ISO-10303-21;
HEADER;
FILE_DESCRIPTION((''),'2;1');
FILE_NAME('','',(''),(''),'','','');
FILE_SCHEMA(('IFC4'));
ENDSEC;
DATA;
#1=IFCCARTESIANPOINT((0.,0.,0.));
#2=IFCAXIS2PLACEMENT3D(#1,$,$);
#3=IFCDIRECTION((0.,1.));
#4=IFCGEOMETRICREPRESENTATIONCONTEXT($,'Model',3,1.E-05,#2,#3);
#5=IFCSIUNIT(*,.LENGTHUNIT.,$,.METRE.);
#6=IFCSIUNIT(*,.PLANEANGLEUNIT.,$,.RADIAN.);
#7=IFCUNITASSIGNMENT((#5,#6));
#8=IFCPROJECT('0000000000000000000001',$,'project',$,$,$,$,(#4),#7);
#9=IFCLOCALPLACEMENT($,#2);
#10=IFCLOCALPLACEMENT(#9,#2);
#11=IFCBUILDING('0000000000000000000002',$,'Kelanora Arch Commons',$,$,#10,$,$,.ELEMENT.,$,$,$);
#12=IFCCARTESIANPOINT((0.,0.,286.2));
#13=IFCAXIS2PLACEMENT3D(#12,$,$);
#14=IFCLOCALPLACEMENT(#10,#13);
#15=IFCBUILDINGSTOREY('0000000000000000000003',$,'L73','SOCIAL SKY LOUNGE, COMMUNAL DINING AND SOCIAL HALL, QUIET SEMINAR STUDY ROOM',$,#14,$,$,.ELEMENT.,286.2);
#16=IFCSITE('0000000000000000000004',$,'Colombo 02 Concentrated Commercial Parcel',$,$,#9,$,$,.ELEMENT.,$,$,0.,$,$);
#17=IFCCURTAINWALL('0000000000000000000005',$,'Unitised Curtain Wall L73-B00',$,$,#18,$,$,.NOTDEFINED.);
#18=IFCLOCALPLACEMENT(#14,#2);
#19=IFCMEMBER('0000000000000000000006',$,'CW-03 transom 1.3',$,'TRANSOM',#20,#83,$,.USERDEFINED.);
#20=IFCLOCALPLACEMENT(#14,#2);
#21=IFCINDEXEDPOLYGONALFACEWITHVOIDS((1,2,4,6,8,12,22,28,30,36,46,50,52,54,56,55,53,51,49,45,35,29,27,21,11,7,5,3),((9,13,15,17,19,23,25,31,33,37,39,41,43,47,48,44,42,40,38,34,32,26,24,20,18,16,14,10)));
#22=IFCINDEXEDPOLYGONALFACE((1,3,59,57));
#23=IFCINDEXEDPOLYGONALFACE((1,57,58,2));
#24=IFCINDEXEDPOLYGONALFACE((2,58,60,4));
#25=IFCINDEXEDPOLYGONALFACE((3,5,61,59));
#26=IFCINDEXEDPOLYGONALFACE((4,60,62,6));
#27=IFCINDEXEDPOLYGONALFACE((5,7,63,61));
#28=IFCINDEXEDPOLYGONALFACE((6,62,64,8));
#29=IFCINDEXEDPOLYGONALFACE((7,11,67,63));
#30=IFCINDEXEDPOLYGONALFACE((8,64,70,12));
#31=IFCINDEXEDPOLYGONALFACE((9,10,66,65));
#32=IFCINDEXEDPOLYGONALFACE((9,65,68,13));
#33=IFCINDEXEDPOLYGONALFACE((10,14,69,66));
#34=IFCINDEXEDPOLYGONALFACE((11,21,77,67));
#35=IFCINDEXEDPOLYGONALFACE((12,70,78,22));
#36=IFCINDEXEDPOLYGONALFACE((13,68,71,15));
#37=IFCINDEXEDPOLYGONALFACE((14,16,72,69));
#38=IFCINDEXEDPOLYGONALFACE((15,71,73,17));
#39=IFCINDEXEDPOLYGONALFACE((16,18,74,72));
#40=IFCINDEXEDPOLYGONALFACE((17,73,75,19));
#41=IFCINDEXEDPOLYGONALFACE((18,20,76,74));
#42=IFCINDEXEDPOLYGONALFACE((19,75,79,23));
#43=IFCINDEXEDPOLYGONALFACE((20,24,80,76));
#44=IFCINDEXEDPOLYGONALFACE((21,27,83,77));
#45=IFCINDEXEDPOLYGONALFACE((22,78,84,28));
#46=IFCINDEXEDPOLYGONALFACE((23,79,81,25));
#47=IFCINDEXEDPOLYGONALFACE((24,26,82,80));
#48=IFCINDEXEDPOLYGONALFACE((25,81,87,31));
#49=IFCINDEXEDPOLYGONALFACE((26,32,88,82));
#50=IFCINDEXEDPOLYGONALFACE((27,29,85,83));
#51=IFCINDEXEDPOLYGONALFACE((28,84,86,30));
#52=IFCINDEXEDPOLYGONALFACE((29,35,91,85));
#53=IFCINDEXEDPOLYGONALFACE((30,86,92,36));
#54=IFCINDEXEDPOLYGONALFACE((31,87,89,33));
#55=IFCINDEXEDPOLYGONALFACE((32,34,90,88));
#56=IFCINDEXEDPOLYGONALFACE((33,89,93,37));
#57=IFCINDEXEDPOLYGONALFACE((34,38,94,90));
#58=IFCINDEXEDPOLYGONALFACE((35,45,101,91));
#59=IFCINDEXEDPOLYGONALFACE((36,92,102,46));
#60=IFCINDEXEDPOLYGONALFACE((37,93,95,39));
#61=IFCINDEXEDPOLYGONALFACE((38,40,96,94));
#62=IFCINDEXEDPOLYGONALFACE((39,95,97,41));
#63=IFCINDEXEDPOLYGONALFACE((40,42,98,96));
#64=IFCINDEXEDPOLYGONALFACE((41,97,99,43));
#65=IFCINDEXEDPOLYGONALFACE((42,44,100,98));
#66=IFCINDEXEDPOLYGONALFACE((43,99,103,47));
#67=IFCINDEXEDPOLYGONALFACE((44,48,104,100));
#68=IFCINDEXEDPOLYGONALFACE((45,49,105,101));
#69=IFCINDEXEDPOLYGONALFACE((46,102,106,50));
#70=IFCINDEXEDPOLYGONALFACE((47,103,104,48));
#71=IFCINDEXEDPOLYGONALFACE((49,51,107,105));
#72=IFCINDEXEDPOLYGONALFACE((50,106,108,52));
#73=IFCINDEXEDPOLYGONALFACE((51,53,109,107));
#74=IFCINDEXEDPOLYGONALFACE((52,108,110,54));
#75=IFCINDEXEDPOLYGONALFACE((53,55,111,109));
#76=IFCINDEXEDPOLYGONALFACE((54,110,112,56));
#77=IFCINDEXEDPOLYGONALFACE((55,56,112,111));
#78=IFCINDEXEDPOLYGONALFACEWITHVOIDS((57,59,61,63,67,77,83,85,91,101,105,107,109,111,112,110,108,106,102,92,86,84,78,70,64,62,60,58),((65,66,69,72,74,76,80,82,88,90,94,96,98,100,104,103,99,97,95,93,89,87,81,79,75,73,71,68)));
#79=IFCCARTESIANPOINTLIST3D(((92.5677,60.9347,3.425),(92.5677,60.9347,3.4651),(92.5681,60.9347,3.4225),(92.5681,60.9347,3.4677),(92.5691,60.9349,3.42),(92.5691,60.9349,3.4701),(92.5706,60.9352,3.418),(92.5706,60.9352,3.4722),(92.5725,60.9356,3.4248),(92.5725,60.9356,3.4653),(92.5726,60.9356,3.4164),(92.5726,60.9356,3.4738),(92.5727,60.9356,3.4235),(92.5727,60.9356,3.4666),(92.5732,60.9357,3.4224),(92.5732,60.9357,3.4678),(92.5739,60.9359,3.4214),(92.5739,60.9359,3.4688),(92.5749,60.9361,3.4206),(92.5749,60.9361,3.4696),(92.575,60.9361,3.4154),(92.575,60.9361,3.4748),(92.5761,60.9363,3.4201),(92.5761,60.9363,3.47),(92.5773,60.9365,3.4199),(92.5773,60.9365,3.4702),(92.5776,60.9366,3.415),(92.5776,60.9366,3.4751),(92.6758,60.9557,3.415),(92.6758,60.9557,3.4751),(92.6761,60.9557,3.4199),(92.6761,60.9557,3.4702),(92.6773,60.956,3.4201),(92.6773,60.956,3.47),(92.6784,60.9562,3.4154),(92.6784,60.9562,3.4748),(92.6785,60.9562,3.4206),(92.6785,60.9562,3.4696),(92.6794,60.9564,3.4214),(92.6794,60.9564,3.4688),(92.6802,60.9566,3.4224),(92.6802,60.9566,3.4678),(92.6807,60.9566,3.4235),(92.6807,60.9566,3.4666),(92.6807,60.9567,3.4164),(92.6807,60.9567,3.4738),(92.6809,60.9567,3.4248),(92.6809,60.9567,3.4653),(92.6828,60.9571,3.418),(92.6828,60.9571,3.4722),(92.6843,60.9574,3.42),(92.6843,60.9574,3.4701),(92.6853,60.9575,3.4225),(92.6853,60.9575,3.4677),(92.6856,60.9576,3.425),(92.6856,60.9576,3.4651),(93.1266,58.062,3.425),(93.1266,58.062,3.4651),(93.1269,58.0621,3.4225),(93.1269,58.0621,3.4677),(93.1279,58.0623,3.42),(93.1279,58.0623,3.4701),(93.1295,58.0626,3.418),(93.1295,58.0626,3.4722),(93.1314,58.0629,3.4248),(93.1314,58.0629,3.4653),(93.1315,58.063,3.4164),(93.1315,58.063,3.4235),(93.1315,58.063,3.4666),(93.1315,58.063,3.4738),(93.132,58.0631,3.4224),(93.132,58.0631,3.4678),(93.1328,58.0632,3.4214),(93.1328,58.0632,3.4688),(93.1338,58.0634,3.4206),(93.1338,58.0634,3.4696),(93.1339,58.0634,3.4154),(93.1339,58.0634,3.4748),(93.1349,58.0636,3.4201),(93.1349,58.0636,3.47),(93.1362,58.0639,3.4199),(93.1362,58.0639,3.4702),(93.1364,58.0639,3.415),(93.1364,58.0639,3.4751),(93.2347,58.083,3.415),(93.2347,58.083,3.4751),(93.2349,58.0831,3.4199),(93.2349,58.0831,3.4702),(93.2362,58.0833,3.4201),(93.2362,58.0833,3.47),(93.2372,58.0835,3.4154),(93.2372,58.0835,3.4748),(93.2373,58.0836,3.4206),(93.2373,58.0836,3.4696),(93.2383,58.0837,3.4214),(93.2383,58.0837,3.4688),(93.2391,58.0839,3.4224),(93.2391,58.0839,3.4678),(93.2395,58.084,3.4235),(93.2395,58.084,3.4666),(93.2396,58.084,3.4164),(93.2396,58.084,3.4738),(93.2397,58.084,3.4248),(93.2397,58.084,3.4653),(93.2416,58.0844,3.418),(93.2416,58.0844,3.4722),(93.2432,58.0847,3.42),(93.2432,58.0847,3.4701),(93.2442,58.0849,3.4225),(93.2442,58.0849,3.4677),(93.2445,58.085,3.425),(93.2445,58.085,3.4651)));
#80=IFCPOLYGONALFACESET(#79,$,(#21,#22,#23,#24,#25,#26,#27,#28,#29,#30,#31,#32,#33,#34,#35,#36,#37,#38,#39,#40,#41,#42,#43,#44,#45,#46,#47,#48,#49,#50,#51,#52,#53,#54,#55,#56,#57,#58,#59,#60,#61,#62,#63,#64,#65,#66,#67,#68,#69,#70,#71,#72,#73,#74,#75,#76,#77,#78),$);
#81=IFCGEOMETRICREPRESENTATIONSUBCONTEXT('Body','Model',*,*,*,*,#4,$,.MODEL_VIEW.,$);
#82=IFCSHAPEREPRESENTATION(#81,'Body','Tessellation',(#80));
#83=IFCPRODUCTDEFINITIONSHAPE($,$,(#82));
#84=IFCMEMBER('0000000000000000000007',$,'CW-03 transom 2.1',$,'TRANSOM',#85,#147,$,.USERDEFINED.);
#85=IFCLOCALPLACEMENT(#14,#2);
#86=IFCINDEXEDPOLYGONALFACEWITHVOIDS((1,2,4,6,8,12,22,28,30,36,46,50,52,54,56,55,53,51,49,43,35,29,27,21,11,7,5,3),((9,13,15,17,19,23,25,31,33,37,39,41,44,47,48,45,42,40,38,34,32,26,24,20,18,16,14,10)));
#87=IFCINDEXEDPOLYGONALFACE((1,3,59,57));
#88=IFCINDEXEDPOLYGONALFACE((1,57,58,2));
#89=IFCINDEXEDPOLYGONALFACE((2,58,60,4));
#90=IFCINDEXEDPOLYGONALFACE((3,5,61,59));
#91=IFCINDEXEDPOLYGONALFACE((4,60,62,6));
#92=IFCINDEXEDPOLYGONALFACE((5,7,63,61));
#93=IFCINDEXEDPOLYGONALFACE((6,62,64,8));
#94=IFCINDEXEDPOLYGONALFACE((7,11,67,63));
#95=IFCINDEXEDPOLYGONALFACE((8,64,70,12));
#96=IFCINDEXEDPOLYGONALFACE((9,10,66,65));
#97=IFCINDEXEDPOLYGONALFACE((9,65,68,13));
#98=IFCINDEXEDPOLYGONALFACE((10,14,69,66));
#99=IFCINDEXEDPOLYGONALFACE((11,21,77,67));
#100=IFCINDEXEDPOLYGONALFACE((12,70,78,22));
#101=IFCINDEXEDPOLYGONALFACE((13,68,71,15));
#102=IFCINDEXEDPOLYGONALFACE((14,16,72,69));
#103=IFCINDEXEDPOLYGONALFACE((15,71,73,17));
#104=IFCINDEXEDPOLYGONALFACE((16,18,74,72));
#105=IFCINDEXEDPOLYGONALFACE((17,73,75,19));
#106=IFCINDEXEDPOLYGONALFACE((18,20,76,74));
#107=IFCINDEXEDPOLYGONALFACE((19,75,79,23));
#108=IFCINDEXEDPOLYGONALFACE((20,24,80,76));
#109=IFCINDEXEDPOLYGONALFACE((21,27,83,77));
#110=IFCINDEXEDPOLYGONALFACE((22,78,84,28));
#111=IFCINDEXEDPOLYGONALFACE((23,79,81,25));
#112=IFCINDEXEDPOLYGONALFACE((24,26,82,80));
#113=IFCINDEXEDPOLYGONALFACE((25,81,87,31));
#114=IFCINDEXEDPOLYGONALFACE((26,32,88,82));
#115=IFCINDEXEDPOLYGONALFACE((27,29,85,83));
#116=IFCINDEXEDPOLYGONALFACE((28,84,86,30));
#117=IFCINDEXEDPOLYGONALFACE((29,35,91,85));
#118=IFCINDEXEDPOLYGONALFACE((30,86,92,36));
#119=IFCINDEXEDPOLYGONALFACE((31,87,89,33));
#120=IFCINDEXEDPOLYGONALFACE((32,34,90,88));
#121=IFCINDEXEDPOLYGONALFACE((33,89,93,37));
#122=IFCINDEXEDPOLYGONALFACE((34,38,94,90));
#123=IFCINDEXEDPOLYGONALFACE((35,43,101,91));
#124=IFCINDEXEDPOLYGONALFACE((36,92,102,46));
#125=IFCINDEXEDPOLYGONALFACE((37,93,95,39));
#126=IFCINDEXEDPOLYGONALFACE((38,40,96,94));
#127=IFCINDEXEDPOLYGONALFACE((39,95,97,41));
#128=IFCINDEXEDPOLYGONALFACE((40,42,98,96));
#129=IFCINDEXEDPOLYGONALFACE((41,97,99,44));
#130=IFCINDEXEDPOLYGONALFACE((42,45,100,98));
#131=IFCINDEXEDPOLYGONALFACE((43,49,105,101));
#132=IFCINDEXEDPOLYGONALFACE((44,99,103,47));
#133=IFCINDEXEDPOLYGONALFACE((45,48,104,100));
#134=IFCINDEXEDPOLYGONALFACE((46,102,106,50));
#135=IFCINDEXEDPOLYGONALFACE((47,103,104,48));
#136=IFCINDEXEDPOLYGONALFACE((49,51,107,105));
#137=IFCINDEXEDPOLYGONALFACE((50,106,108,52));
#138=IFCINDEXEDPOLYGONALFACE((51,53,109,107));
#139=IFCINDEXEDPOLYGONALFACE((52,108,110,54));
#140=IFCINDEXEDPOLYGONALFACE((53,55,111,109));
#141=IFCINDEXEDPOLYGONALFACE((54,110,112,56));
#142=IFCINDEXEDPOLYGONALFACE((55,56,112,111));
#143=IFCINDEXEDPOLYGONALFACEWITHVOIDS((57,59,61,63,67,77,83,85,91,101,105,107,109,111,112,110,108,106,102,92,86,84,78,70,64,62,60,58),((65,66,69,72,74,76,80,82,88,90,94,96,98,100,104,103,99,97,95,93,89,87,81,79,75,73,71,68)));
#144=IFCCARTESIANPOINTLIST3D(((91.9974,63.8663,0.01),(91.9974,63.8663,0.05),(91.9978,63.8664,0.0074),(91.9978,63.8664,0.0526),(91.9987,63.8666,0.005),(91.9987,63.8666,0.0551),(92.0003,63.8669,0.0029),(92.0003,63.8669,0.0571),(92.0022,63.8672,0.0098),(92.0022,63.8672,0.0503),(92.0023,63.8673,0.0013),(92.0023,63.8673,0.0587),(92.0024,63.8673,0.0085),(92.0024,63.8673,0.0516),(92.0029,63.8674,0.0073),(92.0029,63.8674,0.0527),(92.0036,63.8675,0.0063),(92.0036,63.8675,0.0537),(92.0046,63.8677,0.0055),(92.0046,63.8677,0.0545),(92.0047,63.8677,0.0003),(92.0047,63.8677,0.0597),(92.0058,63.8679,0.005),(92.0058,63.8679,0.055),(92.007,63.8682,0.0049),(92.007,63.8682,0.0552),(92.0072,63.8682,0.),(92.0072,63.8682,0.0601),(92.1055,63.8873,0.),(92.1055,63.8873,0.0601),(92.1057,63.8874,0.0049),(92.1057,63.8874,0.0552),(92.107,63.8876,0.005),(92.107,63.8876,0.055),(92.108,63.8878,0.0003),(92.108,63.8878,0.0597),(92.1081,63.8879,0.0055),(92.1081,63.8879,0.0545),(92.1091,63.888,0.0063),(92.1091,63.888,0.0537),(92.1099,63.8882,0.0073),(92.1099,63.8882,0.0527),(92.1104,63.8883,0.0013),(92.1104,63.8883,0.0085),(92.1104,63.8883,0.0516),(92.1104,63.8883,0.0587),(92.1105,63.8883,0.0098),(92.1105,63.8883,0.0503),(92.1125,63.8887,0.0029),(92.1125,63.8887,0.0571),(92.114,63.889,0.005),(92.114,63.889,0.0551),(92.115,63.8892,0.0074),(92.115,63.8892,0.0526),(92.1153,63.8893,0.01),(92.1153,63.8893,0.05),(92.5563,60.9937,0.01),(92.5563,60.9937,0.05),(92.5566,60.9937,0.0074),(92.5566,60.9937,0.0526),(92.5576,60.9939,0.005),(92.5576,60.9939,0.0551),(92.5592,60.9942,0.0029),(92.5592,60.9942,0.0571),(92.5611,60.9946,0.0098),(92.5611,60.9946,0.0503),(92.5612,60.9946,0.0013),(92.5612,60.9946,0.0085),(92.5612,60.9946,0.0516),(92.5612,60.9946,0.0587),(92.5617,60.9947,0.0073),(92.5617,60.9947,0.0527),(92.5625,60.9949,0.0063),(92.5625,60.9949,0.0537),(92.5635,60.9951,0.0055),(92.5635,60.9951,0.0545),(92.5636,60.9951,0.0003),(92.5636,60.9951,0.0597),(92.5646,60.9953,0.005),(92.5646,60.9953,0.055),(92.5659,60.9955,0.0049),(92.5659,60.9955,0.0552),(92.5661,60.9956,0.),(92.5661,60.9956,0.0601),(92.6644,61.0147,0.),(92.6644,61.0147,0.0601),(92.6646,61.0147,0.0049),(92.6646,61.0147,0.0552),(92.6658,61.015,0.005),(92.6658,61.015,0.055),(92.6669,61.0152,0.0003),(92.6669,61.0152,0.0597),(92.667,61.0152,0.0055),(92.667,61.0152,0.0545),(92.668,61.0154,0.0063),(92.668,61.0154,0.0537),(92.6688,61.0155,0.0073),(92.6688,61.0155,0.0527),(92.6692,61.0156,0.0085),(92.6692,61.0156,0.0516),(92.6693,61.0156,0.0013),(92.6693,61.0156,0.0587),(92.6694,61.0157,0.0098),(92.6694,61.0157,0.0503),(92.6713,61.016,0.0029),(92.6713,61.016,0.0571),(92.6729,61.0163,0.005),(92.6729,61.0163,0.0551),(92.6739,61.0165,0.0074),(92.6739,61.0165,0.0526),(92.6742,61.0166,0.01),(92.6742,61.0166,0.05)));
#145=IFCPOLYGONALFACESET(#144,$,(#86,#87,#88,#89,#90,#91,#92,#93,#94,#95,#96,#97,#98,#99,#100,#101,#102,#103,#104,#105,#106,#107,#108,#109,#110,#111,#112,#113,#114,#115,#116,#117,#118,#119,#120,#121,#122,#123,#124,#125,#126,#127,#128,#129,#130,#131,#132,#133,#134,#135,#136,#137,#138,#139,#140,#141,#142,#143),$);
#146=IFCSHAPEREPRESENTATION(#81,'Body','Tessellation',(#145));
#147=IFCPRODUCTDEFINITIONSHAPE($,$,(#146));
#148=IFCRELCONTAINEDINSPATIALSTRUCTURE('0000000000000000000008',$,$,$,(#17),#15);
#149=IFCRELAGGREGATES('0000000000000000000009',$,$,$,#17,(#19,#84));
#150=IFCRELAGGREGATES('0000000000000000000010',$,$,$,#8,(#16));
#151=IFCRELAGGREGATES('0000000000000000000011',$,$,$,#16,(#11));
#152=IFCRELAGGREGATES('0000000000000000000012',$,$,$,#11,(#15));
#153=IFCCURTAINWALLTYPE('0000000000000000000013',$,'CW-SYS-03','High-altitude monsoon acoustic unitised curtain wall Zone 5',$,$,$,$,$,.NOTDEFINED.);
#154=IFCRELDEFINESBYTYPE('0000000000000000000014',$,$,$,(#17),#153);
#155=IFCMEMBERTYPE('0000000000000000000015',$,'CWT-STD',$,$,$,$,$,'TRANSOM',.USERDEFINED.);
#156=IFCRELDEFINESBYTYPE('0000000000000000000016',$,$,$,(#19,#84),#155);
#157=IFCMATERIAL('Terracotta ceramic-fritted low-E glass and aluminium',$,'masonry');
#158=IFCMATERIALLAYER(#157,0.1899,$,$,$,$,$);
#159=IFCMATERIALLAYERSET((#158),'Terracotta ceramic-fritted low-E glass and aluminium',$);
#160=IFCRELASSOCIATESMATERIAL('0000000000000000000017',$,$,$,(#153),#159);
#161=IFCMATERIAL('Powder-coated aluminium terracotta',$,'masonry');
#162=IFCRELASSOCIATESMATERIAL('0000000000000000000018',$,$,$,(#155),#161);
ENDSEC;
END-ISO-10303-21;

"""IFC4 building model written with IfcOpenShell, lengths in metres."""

from ifc_helpers import new_model, si_unit, direction, frame, origin, origin_2d, place, context, subcontext, project, spatial, hollow_rectangle, extrude, material, layer, layer_set, material_profile, profile_set, type_object, element, aggregate, save


model = new_model("IFC4")

# Units and contexts
model_context = context("Model", 3, precision=1e-05, world=origin(), true_north=direction((0.0, 1.0)))
body_context = subcontext(model_context, "Body", "Model", "MODEL_VIEW")
ifc_project = project(units=[si_unit("LENGTHUNIT", "METRE"), si_unit("PLANEANGLEUNIT", "RADIAN")], contexts=[model_context])

# Site, building, storey
site_placement = place(None, origin())
site = spatial("IfcSite", under=ifc_project, at=site_placement, Name="Colombo 02 Concentrated Commercial Parcel", CompositionType="ELEMENT", RefElevation=0.0)
building_placement = place(site_placement, origin())
building = spatial("IfcBuilding", under=site, at=building_placement, Name="Kelanora Arch Commons", CompositionType="ELEMENT")
storey_placement = place(building_placement, frame((0.0, 0.0, 286.2)))
storey = spatial("IfcBuildingStorey", under=building, at=storey_placement, Name="L73", Description="SOCIAL SKY LOUNGE, COMMUNAL DINING AND SOCIAL HALL, QUIET SEMINAR STUDY ROOM", CompositionType="ELEMENT", Elevation=286.2)

# Curtain wall, members
ifc_material_1 = material(Name="Terracotta ceramic-fritted low-E glass and aluminium", Category="masonry")
ifc_layer_1 = layer(ifc_material_1, 0.1899)
ifc_layer_set_1 = layer_set([ifc_layer_1], Name="Terracotta ceramic-fritted low-E glass and aluminium")
curtain_wall_type = type_object("IfcCurtainWallType", Name="CW-SYS-03", Description="High-altitude monsoon acoustic unitised curtain wall Zone 5", PredefinedType="NOTDEFINED", material=ifc_layer_set_1)
curtain_wall_placement = place(storey_placement, origin())
curtain_wall = element("IfcCurtainWall", 1, at=curtain_wall_placement, inside=storey, type_object=curtain_wall_type, Name="Unitised Curtain Wall L73-B00", PredefinedType="NOTDEFINED")
ifc_material_2 = material(Name="Powder-coated aluminium terracotta", Category="masonry")
ifc_material_profile_1 = material_profile(ifc_material_2, hollow_rectangle(XDim=0.1201, YDim=0.0601, WallThickness=0.0049, InnerFilletRadius=0.0049, OuterFilletRadius=0.01, at=origin_2d()), Name="CWT120x60")
ifc_profile_set_1 = profile_set([ifc_material_profile_1], Name="Powder-coated aluminium terracotta")
member_type_1 = type_object("IfcMemberType", Name="CWT-STD", ElementType="TRANSOM", PredefinedType="USERDEFINED", material=ifc_profile_set_1)
member_1_placement = place(storey_placement, frame((93.1855, 58.0735, 3.4451), z_axis=(-0.190963, 0.981597, 0.0), x_axis=(-0.981597, -0.190963, 0.0)))
member_1 = element("IfcMember", 2, at=member_1_placement, type_object=member_type_1, Name="CW-03 transom 1.3", ObjectType="TRANSOM", PredefinedType="USERDEFINED", context=body_context, shape_type="SweptSolid", body=[
    extrude(hollow_rectangle(XDim=0.1201, YDim=0.0601, WallThickness=0.0049, InnerFilletRadius=0.0049, OuterFilletRadius=0.01, at=origin_2d()), origin(), (0.0, 0.0, 1.0), 2.9265),
])
member_2_placement = place(storey_placement, frame((92.6152, 61.0051, 0.03), z_axis=(-0.190963, 0.981597, 0.0), x_axis=(-0.981597, -0.190963, 0.0)))
member_2 = element("IfcMember", 3, at=member_2_placement, type_object=member_type_1, Name="CW-03 transom 2.1", ObjectType="TRANSOM", PredefinedType="USERDEFINED", context=body_context, shape_type="SweptSolid", body=[
    extrude(hollow_rectangle(XDim=0.1201, YDim=0.0601, WallThickness=0.0049, InnerFilletRadius=0.0049, OuterFilletRadius=0.01, at=origin_2d()), origin(), (0.0, 0.0, 1.0), 2.9265),
])
aggregate(curtain_wall, [member_1, member_2])

save(model, "model.ifc")
